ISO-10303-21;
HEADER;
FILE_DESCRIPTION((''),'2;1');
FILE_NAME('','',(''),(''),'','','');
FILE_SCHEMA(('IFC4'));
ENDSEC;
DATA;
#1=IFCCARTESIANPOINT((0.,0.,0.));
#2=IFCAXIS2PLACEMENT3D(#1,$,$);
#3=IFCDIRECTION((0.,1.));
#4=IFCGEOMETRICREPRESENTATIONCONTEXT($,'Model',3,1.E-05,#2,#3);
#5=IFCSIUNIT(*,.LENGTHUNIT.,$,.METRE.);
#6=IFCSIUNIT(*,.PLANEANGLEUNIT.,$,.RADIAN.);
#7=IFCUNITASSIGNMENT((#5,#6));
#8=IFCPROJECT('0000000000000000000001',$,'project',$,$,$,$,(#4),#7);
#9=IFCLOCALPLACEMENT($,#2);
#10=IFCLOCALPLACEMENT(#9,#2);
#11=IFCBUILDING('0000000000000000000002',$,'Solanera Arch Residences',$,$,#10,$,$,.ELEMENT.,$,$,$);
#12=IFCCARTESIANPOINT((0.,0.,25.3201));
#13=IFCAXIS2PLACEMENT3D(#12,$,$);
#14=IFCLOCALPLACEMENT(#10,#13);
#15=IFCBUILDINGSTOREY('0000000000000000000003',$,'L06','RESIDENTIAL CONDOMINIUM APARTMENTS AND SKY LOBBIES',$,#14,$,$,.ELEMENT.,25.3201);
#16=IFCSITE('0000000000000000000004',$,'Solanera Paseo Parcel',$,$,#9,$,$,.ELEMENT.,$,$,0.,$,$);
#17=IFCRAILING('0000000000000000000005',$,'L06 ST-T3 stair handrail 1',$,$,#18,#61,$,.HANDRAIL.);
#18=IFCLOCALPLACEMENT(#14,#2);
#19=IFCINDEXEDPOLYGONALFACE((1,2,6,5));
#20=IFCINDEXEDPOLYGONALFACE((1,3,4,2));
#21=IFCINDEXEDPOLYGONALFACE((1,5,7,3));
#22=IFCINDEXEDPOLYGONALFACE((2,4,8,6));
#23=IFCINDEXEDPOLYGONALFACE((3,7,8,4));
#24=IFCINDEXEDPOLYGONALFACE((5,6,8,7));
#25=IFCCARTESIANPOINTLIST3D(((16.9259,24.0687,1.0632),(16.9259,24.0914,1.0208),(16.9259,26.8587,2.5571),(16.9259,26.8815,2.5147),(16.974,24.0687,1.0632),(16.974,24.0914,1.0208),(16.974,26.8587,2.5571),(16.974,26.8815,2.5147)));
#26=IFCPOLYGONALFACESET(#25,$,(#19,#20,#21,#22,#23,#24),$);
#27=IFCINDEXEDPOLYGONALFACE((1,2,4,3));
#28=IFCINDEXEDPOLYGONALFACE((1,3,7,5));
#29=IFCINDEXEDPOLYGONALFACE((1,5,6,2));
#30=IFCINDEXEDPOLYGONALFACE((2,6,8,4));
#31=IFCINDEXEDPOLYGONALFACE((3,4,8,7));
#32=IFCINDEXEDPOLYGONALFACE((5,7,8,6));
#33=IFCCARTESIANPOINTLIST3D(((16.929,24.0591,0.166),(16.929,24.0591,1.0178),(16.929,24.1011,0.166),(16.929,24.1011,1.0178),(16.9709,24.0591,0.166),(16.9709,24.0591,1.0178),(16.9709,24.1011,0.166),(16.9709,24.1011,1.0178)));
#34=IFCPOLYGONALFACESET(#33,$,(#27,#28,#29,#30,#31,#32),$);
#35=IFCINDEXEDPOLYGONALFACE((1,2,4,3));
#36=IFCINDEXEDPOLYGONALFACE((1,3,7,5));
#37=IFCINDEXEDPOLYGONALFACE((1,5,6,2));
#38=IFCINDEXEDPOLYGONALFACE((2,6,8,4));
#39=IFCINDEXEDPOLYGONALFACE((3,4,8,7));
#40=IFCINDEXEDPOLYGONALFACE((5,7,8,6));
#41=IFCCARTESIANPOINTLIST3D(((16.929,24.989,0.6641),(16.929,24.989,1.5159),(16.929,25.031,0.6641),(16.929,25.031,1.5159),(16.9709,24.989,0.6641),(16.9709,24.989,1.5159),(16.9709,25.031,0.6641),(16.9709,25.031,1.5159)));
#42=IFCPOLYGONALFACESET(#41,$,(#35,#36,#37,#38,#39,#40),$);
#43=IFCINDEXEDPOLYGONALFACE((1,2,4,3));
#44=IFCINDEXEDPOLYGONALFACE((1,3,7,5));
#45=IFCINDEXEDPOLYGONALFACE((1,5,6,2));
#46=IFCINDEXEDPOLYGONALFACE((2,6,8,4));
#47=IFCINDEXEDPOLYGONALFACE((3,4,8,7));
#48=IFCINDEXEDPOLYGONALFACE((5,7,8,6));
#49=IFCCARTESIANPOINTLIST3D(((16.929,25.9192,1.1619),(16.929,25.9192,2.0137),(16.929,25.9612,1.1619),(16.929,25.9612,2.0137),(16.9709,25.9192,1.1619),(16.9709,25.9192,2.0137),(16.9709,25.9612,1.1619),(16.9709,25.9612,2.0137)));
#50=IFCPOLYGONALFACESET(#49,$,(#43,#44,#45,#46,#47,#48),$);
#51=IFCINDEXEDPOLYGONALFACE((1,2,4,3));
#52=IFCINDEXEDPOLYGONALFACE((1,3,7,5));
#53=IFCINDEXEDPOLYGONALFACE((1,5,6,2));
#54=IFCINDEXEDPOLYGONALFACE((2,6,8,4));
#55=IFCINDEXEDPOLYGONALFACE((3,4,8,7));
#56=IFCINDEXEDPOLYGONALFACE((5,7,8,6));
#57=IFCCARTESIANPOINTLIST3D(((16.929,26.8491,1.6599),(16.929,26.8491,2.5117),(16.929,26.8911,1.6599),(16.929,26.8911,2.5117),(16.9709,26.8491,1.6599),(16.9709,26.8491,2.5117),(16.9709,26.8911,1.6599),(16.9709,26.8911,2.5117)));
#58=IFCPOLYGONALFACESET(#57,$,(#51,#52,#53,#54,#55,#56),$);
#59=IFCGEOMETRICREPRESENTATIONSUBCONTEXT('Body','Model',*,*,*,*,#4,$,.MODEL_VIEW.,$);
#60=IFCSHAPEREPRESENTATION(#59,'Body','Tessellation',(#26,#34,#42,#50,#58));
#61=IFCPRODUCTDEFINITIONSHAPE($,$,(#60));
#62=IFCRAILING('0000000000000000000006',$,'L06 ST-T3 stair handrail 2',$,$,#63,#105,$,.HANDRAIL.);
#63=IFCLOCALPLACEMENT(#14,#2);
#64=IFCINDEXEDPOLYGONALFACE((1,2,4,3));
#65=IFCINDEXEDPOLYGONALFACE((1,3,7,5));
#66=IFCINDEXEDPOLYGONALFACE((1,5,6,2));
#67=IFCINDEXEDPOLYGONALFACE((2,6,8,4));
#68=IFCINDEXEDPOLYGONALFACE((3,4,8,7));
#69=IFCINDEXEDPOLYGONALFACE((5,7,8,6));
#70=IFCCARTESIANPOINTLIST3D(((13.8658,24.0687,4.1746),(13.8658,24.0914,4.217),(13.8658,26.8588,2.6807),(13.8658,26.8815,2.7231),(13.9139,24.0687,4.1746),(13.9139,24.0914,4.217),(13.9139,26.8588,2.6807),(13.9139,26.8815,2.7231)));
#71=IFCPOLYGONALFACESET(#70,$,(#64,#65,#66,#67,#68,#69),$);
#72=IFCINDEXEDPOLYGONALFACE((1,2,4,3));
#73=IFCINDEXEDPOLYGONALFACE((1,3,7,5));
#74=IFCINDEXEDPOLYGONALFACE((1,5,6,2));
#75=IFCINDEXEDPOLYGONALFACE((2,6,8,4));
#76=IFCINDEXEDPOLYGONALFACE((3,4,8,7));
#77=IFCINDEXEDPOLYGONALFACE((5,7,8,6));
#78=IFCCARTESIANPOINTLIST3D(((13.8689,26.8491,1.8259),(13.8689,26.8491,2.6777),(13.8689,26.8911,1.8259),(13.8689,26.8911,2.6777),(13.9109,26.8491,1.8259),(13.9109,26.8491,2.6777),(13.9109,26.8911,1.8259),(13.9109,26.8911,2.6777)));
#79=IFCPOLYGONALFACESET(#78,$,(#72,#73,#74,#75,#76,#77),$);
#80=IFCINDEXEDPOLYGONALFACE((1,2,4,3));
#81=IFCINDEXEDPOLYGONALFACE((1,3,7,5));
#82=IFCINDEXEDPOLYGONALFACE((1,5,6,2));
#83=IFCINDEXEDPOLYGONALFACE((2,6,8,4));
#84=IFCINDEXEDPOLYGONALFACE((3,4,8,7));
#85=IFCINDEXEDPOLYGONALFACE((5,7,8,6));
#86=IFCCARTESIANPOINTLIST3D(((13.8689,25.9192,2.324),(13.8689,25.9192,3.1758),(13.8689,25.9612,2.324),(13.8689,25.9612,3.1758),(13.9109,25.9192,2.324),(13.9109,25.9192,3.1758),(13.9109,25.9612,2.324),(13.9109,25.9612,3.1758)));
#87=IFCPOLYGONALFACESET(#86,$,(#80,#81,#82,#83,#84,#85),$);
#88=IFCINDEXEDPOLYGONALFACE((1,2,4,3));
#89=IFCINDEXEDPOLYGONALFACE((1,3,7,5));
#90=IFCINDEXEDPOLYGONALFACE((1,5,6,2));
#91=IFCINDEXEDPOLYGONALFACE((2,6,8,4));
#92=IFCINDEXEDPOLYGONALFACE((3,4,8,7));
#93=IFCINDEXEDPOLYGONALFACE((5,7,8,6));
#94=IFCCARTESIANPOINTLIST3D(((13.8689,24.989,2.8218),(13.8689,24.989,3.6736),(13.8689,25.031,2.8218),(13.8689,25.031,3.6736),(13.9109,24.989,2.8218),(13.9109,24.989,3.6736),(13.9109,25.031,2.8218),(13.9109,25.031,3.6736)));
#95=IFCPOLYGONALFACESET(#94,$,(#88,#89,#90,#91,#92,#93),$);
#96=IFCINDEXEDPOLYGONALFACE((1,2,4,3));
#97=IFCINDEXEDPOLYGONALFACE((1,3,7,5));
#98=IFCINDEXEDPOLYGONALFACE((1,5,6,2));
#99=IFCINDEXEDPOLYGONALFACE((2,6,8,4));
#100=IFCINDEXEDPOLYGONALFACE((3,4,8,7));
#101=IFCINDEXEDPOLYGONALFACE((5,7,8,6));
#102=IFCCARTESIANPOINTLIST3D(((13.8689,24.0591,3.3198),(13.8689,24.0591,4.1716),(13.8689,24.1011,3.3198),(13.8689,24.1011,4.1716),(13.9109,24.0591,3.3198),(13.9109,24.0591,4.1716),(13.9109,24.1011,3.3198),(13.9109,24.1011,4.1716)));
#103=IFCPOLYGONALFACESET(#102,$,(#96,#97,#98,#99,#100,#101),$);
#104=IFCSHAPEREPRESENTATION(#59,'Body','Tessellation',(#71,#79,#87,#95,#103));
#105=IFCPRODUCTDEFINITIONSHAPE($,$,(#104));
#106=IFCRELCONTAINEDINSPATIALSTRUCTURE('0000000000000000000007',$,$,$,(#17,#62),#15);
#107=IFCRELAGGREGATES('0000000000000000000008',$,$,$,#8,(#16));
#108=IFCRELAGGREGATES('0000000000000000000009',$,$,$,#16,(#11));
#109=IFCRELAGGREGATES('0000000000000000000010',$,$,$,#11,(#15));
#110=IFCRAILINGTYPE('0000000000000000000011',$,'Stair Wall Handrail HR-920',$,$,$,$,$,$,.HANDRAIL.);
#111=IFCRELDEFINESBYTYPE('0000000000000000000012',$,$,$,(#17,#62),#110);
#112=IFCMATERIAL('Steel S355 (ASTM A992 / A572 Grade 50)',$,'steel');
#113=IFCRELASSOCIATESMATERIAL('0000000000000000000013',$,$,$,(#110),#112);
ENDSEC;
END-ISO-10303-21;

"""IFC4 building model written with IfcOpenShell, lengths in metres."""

from ifc_helpers import new_model, si_unit, direction, frame, origin, origin_2d, place, context, subcontext, project, spatial, rectangle, extrude, material, type_object, element, save


model = new_model("IFC4")

# Units and contexts
model_context = context("Model", 3, precision=1e-05, world=origin(), true_north=direction((0.0, 1.0)))
body_context = subcontext(model_context, "Body", "Model", "MODEL_VIEW")
ifc_project = project(units=[si_unit("LENGTHUNIT", "METRE"), si_unit("PLANEANGLEUNIT", "RADIAN")], contexts=[model_context])

# Site, building, storey
site_placement = place(None, origin())
site = spatial("IfcSite", under=ifc_project, at=site_placement, Name="Solanera Paseo Parcel", CompositionType="ELEMENT", RefElevation=0.0)
building_placement = place(site_placement, origin())
building = spatial("IfcBuilding", under=site, at=building_placement, Name="Solanera Arch Residences", CompositionType="ELEMENT")
storey_placement = place(building_placement, frame((0.0, 0.0, 25.3201)))
storey = spatial("IfcBuildingStorey", under=building, at=storey_placement, Name="L06", Description="RESIDENTIAL CONDOMINIUM APARTMENTS AND SKY LOBBIES", CompositionType="ELEMENT", Elevation=25.3201)

# Railings
ifc_material_1 = material(Name="Steel S355 (ASTM A992 / A572 Grade 50)", Category="steel")
railing_type_1 = type_object("IfcRailingType", Name="Stair Wall Handrail HR-920", PredefinedType="HANDRAIL", material=ifc_material_1)
railing_1_placement = place(storey_placement, frame((16.95, 24.0801, 0.166)))
element("IfcRailing", 1, at=railing_1_placement, inside=storey, type_object=railing_type_1, Name="L06 ST-T3 stair handrail 1", PredefinedType="HANDRAIL", context=body_context, shape_type="SweptSolid", body=[
    extrude(rectangle(XDim=0.0481, YDim=0.0481, at=origin_2d()), frame((0.0, 0.0, 0.876), z_axis=(0.0, 0.881581, 0.472033), x_axis=(-1.0, 0.0, 0.0)), (0.0, 0.0, 1.0), 3.1648),
    extrude(rectangle(XDim=0.042, YDim=0.042, at=origin_2d()), origin(), (0.0, 0.0, 1.0), 0.8518),
    extrude(rectangle(XDim=0.042, YDim=0.042, at=origin_2d()), frame((0.0, 0.9299, 0.498)), (0.0, 0.0, 1.0), 0.8518),
    extrude(rectangle(XDim=0.042, YDim=0.042, at=origin_2d()), frame((0.0, 1.8601, 0.9958)), (0.0, 0.0, 1.0), 0.8518),
    extrude(rectangle(XDim=0.042, YDim=0.042, at=origin_2d()), frame((0.0, 2.79, 1.4939)), (0.0, 0.0, 1.0), 0.8518),
])
railing_2_placement = place(storey_placement, frame((13.8899, 26.8701, 1.8259)))
element("IfcRailing", 2, at=railing_2_placement, inside=storey, type_object=railing_type_1, Name="L06 ST-T3 stair handrail 2", PredefinedType="HANDRAIL", context=body_context, shape_type="SweptSolid", body=[
    extrude(rectangle(XDim=0.0481, YDim=0.0481, at=origin_2d()), frame((0.0, 0.0, 0.876), z_axis=(0.0, -0.881581, 0.472033), x_axis=(1.0, 0.0, 0.0)), (0.0, 0.0, 1.0), 3.1648),
    extrude(rectangle(XDim=0.042, YDim=0.042, at=origin_2d()), origin(), (0.0, 0.0, 1.0), 0.8518),
    extrude(rectangle(XDim=0.042, YDim=0.042, at=origin_2d()), frame((0.0, -0.9299, 0.498)), (0.0, 0.0, 1.0), 0.8518),
    extrude(rectangle(XDim=0.042, YDim=0.042, at=origin_2d()), frame((0.0, -1.8601, 0.9958)), (0.0, 0.0, 1.0), 0.8518),
    extrude(rectangle(XDim=0.042, YDim=0.042, at=origin_2d()), frame((0.0, -2.79, 1.4939)), (0.0, 0.0, 1.0), 0.8518),
])

save(model, "model.ifc")
